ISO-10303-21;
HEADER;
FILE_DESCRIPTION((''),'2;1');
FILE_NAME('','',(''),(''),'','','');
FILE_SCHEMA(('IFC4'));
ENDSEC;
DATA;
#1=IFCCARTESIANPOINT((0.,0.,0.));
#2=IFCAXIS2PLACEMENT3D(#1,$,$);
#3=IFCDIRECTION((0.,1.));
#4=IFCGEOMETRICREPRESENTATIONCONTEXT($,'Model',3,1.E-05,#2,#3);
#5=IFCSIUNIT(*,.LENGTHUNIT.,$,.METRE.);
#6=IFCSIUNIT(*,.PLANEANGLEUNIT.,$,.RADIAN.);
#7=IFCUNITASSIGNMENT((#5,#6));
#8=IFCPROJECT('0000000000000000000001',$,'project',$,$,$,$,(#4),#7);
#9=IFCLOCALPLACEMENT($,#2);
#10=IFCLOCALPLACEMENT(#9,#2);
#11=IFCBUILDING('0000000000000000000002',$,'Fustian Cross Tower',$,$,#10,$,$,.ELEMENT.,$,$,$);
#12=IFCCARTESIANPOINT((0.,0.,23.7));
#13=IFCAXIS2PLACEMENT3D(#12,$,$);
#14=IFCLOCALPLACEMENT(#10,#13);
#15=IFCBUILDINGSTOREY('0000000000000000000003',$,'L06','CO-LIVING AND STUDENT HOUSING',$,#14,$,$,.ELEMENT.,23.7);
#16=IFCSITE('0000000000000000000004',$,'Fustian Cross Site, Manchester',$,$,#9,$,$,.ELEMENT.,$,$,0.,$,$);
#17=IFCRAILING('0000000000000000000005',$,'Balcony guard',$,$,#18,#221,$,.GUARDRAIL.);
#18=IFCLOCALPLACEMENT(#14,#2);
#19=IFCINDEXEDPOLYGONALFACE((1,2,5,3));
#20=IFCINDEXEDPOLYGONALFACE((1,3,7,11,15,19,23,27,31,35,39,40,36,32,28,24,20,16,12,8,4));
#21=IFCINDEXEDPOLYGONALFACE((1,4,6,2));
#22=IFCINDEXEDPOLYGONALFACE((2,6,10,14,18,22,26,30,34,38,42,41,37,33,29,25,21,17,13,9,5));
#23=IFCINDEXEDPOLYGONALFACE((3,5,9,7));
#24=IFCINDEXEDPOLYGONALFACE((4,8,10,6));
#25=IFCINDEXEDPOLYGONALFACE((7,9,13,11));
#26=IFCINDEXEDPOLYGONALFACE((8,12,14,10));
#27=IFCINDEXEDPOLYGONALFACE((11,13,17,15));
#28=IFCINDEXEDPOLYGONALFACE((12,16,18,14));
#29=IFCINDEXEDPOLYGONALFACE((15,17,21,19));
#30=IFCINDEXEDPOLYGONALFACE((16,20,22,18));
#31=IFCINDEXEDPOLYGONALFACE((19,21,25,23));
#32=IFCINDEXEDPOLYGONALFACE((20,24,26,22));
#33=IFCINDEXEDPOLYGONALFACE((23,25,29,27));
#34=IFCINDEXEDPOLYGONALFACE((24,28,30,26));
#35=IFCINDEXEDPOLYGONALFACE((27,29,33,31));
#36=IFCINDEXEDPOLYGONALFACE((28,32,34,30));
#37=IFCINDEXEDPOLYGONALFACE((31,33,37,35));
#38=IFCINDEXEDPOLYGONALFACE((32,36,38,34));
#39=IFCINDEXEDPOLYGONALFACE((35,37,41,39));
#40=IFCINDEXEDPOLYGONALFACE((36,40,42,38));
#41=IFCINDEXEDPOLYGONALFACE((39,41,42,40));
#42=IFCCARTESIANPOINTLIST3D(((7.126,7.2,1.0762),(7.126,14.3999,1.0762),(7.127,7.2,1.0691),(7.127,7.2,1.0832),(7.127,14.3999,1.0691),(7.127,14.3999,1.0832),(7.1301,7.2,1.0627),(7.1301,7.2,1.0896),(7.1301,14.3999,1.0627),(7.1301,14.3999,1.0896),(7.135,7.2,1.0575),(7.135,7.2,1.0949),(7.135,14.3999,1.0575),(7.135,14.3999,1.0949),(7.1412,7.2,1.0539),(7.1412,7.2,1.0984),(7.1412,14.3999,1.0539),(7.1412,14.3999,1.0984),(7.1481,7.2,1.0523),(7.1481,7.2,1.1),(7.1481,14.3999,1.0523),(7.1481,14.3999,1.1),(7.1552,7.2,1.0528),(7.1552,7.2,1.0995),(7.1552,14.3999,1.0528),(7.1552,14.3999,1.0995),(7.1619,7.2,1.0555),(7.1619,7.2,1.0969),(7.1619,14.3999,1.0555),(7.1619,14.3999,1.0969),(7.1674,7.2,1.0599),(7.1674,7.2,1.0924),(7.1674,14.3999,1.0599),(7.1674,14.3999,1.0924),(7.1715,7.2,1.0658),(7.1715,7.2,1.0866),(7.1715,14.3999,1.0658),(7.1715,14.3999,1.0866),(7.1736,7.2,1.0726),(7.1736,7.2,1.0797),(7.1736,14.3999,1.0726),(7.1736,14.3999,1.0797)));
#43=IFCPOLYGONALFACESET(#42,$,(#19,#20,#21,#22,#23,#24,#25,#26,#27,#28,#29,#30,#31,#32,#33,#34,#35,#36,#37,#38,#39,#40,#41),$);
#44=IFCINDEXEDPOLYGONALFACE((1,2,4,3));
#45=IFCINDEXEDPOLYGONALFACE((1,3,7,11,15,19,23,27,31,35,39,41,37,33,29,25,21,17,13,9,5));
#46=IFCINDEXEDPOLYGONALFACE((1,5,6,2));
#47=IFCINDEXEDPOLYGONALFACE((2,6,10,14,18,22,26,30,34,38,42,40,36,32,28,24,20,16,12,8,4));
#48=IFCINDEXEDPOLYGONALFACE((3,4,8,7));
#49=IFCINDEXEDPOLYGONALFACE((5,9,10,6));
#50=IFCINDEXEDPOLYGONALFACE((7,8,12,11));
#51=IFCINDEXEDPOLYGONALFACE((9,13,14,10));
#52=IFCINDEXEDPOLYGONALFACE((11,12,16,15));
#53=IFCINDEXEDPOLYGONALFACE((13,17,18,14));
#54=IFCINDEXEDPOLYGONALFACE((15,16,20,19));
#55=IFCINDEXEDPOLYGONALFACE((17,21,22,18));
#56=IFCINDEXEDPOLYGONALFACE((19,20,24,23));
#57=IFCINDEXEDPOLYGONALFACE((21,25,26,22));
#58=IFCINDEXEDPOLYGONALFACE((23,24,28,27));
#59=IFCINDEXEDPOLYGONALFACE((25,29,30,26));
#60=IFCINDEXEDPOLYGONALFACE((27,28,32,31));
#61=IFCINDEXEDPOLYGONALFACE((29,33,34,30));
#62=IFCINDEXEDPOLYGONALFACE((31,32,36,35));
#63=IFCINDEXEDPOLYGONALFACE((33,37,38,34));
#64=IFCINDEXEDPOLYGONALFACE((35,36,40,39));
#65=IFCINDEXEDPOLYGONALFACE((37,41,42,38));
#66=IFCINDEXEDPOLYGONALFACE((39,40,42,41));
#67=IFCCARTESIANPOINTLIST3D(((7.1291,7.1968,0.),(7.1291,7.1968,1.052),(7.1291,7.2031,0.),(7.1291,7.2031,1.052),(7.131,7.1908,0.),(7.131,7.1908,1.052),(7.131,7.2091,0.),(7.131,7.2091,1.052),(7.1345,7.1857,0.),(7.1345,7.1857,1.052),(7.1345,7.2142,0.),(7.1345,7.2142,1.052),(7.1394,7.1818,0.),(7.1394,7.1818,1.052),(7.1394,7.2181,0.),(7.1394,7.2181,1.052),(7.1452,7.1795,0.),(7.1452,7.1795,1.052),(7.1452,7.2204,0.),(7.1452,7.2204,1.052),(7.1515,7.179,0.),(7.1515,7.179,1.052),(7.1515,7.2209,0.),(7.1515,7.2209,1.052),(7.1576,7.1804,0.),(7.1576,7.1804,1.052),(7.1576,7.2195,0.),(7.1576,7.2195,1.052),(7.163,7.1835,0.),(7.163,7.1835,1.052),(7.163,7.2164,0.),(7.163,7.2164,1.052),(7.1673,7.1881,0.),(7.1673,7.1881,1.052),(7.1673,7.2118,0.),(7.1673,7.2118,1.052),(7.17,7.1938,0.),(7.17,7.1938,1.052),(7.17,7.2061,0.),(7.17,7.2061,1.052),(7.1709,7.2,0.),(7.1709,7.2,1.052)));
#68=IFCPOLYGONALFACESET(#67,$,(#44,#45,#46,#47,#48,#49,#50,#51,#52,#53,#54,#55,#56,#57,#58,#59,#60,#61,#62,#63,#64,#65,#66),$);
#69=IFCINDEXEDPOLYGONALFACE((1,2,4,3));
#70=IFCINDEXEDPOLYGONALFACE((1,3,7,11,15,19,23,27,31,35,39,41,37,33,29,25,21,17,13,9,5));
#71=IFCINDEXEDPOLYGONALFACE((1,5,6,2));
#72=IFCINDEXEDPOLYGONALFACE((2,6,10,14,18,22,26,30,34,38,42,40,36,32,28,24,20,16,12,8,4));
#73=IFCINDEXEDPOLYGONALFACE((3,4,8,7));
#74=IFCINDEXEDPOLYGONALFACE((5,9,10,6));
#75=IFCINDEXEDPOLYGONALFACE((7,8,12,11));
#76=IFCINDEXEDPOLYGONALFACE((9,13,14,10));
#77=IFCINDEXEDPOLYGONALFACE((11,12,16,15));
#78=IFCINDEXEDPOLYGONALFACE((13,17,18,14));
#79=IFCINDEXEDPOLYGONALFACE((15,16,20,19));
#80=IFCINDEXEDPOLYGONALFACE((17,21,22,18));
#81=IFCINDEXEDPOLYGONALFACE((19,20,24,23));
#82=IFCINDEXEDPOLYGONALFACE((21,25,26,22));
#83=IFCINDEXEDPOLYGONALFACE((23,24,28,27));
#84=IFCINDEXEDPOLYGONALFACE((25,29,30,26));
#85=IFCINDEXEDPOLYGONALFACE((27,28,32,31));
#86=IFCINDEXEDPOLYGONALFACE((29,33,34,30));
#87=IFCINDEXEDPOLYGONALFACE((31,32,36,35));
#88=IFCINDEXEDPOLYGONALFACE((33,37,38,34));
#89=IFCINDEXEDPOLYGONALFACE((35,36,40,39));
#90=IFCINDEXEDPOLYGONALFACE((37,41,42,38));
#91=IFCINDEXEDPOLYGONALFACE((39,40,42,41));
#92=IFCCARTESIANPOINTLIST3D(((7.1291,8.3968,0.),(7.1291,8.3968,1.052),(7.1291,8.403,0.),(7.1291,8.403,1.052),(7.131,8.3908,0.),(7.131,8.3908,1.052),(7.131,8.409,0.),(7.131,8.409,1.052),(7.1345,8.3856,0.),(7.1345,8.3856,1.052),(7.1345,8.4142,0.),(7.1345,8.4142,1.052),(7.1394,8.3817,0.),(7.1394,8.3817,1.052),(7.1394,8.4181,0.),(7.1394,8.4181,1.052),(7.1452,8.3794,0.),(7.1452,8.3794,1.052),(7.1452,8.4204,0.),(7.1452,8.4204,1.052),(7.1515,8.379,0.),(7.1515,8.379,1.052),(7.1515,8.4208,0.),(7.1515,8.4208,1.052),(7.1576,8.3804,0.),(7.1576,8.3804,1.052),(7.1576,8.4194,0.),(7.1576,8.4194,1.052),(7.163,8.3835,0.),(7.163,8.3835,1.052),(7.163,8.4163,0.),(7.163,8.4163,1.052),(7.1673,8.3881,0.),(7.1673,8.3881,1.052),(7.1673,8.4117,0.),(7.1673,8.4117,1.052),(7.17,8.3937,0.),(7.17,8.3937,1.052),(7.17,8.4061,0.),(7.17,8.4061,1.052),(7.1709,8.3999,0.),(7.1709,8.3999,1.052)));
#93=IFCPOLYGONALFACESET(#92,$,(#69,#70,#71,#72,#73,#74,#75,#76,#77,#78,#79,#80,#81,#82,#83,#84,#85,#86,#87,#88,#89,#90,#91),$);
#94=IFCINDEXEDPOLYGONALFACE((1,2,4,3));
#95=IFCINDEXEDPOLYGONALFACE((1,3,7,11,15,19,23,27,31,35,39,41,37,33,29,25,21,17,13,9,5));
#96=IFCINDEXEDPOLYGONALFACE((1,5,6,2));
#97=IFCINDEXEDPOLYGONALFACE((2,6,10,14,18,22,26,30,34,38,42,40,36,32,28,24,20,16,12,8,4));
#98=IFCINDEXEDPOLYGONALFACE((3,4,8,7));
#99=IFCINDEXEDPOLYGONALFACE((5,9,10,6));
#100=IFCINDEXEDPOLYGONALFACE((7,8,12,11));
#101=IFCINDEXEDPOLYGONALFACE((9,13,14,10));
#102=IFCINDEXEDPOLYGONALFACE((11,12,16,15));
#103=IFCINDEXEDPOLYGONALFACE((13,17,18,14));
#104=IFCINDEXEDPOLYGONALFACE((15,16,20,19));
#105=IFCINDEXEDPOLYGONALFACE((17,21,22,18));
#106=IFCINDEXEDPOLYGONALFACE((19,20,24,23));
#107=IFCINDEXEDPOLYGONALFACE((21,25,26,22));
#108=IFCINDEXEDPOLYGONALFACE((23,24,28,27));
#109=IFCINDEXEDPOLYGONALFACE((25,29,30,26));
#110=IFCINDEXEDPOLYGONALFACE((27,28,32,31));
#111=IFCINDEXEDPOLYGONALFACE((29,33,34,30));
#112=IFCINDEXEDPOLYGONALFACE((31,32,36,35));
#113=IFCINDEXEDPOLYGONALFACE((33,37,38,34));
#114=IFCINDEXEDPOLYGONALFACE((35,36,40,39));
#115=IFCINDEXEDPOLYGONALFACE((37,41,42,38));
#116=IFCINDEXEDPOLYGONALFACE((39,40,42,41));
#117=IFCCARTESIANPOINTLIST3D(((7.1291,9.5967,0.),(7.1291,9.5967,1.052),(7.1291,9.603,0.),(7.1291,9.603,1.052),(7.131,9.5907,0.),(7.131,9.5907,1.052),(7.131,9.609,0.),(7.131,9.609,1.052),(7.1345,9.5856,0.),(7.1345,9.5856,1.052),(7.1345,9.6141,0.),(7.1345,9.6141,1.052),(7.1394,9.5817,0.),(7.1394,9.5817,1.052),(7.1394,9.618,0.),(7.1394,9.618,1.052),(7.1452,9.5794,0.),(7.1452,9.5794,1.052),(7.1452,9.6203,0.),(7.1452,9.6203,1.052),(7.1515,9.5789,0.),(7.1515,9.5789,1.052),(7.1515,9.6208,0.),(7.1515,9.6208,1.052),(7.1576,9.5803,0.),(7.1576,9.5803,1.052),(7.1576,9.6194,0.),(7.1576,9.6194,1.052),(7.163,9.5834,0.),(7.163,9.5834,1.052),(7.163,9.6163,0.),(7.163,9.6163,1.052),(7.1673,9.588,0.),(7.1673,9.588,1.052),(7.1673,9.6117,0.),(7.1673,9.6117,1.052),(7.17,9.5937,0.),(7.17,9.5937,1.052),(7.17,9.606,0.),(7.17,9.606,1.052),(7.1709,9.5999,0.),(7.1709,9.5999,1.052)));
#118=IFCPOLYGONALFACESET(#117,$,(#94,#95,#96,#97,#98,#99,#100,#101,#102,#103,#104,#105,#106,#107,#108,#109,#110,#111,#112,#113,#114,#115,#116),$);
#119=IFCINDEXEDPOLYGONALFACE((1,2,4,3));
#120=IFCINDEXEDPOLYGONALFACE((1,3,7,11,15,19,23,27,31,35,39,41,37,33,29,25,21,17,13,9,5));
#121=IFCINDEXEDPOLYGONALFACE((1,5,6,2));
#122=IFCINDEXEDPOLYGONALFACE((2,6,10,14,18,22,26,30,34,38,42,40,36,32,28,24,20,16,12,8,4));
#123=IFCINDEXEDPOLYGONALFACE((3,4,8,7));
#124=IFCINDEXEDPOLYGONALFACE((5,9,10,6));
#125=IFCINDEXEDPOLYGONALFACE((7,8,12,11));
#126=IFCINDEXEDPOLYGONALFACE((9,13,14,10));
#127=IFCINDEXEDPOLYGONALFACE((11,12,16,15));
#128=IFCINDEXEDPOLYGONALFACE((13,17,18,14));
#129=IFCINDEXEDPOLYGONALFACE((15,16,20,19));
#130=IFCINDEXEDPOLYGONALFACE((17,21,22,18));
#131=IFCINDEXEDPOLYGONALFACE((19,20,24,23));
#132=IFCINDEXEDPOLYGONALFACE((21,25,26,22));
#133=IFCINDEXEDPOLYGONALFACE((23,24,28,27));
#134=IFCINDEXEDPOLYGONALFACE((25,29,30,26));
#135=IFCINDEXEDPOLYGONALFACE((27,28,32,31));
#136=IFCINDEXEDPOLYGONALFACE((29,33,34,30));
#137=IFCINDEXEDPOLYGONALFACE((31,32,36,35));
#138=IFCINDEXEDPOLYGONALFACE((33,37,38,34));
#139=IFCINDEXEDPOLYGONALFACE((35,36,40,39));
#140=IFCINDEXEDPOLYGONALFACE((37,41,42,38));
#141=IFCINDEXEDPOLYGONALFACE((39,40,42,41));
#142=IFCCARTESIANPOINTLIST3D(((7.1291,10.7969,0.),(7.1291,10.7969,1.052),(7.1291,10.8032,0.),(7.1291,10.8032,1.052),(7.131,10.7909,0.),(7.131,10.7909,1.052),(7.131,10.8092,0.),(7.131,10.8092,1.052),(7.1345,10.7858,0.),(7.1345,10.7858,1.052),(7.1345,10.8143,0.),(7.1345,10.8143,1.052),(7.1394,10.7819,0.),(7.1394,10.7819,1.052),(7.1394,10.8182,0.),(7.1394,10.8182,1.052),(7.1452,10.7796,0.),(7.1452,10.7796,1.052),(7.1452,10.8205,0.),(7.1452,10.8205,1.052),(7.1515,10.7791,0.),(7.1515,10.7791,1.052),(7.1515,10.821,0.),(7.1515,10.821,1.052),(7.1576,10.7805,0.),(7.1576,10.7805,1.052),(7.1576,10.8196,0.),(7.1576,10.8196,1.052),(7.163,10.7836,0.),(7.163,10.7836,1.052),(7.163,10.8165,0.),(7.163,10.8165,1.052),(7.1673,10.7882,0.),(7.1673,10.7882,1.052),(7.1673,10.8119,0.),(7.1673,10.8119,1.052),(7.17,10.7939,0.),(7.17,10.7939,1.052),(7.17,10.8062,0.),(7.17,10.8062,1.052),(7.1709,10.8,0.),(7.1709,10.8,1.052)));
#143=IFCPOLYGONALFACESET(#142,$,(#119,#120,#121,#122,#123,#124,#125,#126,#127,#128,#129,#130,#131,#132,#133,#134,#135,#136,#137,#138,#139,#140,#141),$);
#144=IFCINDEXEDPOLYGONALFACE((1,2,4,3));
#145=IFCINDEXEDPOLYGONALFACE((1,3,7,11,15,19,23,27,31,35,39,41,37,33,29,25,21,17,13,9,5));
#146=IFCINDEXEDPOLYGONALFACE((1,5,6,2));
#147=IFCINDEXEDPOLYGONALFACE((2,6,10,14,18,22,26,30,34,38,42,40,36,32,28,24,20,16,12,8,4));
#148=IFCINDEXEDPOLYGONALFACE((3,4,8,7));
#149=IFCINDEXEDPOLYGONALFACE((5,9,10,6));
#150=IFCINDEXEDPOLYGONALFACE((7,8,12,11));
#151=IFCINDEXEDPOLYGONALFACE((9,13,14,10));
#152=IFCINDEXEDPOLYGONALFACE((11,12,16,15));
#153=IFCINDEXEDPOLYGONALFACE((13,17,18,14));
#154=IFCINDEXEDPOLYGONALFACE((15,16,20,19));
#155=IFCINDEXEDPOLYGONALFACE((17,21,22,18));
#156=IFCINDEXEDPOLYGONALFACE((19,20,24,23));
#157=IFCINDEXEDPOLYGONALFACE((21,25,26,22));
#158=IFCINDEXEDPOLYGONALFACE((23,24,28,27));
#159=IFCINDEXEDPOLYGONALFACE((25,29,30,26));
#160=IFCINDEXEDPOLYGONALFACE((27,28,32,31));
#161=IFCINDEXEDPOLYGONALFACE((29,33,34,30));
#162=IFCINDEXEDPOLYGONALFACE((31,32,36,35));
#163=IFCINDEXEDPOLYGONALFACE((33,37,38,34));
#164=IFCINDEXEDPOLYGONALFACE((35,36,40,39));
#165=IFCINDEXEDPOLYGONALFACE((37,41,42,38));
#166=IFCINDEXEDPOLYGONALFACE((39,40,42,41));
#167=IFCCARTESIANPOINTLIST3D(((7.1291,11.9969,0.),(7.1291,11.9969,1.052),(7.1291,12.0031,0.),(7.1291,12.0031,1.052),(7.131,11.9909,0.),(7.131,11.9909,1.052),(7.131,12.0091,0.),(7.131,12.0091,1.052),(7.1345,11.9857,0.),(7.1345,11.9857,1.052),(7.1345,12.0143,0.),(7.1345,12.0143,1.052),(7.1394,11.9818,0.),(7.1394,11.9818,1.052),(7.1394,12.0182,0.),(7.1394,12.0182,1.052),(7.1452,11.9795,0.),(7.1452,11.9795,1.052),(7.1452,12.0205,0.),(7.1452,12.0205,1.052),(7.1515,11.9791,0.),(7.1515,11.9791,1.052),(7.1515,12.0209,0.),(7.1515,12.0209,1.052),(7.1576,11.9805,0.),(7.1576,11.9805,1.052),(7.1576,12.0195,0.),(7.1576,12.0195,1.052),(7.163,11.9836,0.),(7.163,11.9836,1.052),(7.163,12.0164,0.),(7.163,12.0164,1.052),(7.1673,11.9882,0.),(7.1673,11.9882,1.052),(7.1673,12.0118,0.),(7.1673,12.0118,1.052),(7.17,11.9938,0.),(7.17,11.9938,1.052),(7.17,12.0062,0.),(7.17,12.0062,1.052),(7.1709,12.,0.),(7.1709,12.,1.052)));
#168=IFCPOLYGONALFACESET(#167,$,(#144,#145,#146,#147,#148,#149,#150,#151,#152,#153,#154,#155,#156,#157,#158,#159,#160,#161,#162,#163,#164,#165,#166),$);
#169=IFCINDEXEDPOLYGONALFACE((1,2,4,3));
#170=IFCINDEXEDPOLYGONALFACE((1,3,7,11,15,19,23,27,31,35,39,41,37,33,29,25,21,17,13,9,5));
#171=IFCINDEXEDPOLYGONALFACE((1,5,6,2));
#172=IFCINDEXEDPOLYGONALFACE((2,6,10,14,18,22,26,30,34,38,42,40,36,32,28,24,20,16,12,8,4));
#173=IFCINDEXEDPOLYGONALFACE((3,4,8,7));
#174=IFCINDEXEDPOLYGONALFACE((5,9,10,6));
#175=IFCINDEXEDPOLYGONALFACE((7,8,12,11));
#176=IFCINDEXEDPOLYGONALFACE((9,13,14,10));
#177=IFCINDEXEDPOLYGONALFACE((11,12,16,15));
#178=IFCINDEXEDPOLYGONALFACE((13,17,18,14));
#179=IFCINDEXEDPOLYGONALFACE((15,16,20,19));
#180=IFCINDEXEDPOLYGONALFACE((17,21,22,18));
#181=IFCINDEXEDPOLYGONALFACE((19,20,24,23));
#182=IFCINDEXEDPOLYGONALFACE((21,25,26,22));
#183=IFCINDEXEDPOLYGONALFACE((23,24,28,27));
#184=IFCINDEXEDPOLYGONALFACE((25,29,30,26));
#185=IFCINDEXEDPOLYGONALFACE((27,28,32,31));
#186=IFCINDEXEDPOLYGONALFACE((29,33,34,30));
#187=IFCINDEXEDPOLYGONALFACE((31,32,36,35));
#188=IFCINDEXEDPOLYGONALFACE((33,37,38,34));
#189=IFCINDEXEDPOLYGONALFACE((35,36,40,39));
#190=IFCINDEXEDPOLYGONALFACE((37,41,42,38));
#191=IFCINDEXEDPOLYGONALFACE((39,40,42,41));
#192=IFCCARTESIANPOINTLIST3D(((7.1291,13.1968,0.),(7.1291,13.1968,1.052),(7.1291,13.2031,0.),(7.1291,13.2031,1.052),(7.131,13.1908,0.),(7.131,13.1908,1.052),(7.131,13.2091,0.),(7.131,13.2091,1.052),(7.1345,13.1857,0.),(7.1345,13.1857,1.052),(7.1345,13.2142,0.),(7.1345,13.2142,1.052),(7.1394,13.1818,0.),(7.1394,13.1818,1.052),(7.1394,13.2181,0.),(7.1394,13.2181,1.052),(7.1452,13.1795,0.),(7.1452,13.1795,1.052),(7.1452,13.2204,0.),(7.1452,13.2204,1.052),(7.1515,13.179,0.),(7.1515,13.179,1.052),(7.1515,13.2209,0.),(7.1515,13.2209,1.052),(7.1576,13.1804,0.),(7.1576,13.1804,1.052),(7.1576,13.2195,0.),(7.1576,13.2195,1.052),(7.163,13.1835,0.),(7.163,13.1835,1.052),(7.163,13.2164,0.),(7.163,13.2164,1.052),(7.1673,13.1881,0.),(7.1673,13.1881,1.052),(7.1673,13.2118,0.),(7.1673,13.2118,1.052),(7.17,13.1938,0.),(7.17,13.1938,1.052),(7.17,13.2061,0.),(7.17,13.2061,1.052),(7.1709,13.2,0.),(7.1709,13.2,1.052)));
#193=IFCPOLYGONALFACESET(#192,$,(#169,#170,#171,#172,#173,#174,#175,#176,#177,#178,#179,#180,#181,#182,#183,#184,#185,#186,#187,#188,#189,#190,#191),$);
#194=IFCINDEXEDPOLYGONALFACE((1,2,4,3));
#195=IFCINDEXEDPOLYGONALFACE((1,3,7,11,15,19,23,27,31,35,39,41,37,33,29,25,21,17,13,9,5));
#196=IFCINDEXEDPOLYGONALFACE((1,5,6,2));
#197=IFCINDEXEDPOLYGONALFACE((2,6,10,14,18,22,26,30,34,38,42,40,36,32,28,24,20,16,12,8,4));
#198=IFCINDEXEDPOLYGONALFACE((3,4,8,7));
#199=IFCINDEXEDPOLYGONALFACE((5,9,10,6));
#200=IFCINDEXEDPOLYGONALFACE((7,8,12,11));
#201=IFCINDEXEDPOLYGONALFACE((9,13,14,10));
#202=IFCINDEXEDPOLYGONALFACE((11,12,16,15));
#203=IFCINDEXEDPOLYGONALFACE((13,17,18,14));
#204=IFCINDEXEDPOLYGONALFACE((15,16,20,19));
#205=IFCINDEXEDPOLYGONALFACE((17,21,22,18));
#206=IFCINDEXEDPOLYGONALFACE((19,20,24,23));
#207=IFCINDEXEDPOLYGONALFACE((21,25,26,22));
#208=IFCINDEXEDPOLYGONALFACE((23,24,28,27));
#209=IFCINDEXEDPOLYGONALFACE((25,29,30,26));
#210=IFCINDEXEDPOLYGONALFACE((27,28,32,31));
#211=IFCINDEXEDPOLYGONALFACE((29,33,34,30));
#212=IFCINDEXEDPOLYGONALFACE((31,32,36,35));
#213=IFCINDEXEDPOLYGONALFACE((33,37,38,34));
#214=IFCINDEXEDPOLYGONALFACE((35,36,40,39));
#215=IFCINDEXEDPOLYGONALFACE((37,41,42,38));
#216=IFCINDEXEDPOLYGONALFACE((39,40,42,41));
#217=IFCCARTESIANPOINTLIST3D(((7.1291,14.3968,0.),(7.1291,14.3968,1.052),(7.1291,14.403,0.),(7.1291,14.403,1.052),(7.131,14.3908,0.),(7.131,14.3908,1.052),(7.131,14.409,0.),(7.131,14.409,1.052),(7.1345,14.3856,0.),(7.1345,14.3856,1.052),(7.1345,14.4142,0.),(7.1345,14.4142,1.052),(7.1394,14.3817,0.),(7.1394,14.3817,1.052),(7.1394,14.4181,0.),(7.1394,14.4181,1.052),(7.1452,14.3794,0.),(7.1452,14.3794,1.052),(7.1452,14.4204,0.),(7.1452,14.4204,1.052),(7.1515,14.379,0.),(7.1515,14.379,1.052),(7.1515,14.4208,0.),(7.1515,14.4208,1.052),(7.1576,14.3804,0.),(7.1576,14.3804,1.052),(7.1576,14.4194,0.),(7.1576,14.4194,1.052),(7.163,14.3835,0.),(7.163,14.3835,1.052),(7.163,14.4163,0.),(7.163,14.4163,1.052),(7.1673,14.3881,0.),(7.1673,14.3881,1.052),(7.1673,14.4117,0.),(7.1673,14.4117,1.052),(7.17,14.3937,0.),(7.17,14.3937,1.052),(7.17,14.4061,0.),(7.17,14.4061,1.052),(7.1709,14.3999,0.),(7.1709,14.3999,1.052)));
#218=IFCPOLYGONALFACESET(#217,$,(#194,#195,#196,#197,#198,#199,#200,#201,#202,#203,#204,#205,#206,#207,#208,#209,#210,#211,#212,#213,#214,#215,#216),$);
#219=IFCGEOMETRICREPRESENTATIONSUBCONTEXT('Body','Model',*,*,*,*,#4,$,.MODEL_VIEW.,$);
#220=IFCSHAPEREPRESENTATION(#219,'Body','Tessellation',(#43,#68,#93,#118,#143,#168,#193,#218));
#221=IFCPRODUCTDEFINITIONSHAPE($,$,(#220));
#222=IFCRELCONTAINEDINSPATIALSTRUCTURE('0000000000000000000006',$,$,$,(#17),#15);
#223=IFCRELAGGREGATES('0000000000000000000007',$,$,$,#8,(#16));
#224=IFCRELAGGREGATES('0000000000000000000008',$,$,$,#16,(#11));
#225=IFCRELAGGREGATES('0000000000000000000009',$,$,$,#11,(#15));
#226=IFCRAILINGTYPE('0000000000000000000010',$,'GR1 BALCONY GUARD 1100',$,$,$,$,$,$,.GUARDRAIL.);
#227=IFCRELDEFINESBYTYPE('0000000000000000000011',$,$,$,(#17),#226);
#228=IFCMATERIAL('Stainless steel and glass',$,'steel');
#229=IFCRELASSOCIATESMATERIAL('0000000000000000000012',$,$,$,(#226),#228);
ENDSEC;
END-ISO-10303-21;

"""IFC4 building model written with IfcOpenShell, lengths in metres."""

from ifc_helpers import new_model, si_unit, direction, frame, origin, origin_2d, place, context, subcontext, project, spatial, circle, extrude, material, type_object, element, save


model = new_model("IFC4")

# Units and contexts
model_context = context("Model", 3, precision=1e-05, world=origin(), true_north=direction((0.0, 1.0)))
body_context = subcontext(model_context, "Body", "Model", "MODEL_VIEW")
ifc_project = project(units=[si_unit("LENGTHUNIT", "METRE"), si_unit("PLANEANGLEUNIT", "RADIAN")], contexts=[model_context])

# Site, building, storey
site_placement = place(None, origin())
site = spatial("IfcSite", under=ifc_project, at=site_placement, Name="Fustian Cross Site, Manchester", CompositionType="ELEMENT", RefElevation=0.0)
building_placement = place(site_placement, origin())
building = spatial("IfcBuilding", under=site, at=building_placement, Name="Fustian Cross Tower", CompositionType="ELEMENT")
storey_placement = place(building_placement, frame((0.0, 0.0, 23.7)))
storey = spatial("IfcBuildingStorey", under=building, at=storey_placement, Name="L06", Description="CO-LIVING AND STUDENT HOUSING", CompositionType="ELEMENT", Elevation=23.7)

# Railing
ifc_material_1 = material(Name="Stainless steel and glass", Category="steel")
railing_type = type_object("IfcRailingType", Name="GR1 BALCONY GUARD 1100", PredefinedType="GUARDRAIL", material=ifc_material_1)
railing_placement = place(storey_placement, frame((7.1499, 7.2, 0.0)))
element("IfcRailing", 1, at=railing_placement, inside=storey, type_object=railing_type, Name="Balcony guard", PredefinedType="GUARDRAIL", context=body_context, shape_type="SweptSolid", body=[
    extrude(circle(Radius=0.0239, at=origin_2d()), frame((0.0, 0.0, 1.0762), z_axis=(0.0, 1.0, 0.0), x_axis=(-1.0, 0.0, 0.0)), (0.0, 0.0, 1.0), 7.2),
    extrude(circle(Radius=0.021, at=origin_2d()), origin(), (0.0, 0.0, 1.0), 1.052),
    extrude(circle(Radius=0.021, at=origin_2d()), frame((0.0, 1.2, 0.0)), (0.0, 0.0, 1.0), 1.052),
    extrude(circle(Radius=0.021, at=origin_2d()), frame((0.0, 2.3999, 0.0)), (0.0, 0.0, 1.0), 1.052),
    extrude(circle(Radius=0.021, at=origin_2d()), frame((0.0, 3.6001, 0.0)), (0.0, 0.0, 1.0), 1.052),
    extrude(circle(Radius=0.021, at=origin_2d()), frame((0.0, 4.8, 0.0)), (0.0, 0.0, 1.0), 1.052),
    extrude(circle(Radius=0.021, at=origin_2d()), frame((0.0, 6.0, 0.0)), (0.0, 0.0, 1.0), 1.052),
    extrude(circle(Radius=0.021, at=origin_2d()), frame((0.0, 7.2, 0.0)), (0.0, 0.0, 1.0), 1.052),
])

save(model, "model.ifc")
